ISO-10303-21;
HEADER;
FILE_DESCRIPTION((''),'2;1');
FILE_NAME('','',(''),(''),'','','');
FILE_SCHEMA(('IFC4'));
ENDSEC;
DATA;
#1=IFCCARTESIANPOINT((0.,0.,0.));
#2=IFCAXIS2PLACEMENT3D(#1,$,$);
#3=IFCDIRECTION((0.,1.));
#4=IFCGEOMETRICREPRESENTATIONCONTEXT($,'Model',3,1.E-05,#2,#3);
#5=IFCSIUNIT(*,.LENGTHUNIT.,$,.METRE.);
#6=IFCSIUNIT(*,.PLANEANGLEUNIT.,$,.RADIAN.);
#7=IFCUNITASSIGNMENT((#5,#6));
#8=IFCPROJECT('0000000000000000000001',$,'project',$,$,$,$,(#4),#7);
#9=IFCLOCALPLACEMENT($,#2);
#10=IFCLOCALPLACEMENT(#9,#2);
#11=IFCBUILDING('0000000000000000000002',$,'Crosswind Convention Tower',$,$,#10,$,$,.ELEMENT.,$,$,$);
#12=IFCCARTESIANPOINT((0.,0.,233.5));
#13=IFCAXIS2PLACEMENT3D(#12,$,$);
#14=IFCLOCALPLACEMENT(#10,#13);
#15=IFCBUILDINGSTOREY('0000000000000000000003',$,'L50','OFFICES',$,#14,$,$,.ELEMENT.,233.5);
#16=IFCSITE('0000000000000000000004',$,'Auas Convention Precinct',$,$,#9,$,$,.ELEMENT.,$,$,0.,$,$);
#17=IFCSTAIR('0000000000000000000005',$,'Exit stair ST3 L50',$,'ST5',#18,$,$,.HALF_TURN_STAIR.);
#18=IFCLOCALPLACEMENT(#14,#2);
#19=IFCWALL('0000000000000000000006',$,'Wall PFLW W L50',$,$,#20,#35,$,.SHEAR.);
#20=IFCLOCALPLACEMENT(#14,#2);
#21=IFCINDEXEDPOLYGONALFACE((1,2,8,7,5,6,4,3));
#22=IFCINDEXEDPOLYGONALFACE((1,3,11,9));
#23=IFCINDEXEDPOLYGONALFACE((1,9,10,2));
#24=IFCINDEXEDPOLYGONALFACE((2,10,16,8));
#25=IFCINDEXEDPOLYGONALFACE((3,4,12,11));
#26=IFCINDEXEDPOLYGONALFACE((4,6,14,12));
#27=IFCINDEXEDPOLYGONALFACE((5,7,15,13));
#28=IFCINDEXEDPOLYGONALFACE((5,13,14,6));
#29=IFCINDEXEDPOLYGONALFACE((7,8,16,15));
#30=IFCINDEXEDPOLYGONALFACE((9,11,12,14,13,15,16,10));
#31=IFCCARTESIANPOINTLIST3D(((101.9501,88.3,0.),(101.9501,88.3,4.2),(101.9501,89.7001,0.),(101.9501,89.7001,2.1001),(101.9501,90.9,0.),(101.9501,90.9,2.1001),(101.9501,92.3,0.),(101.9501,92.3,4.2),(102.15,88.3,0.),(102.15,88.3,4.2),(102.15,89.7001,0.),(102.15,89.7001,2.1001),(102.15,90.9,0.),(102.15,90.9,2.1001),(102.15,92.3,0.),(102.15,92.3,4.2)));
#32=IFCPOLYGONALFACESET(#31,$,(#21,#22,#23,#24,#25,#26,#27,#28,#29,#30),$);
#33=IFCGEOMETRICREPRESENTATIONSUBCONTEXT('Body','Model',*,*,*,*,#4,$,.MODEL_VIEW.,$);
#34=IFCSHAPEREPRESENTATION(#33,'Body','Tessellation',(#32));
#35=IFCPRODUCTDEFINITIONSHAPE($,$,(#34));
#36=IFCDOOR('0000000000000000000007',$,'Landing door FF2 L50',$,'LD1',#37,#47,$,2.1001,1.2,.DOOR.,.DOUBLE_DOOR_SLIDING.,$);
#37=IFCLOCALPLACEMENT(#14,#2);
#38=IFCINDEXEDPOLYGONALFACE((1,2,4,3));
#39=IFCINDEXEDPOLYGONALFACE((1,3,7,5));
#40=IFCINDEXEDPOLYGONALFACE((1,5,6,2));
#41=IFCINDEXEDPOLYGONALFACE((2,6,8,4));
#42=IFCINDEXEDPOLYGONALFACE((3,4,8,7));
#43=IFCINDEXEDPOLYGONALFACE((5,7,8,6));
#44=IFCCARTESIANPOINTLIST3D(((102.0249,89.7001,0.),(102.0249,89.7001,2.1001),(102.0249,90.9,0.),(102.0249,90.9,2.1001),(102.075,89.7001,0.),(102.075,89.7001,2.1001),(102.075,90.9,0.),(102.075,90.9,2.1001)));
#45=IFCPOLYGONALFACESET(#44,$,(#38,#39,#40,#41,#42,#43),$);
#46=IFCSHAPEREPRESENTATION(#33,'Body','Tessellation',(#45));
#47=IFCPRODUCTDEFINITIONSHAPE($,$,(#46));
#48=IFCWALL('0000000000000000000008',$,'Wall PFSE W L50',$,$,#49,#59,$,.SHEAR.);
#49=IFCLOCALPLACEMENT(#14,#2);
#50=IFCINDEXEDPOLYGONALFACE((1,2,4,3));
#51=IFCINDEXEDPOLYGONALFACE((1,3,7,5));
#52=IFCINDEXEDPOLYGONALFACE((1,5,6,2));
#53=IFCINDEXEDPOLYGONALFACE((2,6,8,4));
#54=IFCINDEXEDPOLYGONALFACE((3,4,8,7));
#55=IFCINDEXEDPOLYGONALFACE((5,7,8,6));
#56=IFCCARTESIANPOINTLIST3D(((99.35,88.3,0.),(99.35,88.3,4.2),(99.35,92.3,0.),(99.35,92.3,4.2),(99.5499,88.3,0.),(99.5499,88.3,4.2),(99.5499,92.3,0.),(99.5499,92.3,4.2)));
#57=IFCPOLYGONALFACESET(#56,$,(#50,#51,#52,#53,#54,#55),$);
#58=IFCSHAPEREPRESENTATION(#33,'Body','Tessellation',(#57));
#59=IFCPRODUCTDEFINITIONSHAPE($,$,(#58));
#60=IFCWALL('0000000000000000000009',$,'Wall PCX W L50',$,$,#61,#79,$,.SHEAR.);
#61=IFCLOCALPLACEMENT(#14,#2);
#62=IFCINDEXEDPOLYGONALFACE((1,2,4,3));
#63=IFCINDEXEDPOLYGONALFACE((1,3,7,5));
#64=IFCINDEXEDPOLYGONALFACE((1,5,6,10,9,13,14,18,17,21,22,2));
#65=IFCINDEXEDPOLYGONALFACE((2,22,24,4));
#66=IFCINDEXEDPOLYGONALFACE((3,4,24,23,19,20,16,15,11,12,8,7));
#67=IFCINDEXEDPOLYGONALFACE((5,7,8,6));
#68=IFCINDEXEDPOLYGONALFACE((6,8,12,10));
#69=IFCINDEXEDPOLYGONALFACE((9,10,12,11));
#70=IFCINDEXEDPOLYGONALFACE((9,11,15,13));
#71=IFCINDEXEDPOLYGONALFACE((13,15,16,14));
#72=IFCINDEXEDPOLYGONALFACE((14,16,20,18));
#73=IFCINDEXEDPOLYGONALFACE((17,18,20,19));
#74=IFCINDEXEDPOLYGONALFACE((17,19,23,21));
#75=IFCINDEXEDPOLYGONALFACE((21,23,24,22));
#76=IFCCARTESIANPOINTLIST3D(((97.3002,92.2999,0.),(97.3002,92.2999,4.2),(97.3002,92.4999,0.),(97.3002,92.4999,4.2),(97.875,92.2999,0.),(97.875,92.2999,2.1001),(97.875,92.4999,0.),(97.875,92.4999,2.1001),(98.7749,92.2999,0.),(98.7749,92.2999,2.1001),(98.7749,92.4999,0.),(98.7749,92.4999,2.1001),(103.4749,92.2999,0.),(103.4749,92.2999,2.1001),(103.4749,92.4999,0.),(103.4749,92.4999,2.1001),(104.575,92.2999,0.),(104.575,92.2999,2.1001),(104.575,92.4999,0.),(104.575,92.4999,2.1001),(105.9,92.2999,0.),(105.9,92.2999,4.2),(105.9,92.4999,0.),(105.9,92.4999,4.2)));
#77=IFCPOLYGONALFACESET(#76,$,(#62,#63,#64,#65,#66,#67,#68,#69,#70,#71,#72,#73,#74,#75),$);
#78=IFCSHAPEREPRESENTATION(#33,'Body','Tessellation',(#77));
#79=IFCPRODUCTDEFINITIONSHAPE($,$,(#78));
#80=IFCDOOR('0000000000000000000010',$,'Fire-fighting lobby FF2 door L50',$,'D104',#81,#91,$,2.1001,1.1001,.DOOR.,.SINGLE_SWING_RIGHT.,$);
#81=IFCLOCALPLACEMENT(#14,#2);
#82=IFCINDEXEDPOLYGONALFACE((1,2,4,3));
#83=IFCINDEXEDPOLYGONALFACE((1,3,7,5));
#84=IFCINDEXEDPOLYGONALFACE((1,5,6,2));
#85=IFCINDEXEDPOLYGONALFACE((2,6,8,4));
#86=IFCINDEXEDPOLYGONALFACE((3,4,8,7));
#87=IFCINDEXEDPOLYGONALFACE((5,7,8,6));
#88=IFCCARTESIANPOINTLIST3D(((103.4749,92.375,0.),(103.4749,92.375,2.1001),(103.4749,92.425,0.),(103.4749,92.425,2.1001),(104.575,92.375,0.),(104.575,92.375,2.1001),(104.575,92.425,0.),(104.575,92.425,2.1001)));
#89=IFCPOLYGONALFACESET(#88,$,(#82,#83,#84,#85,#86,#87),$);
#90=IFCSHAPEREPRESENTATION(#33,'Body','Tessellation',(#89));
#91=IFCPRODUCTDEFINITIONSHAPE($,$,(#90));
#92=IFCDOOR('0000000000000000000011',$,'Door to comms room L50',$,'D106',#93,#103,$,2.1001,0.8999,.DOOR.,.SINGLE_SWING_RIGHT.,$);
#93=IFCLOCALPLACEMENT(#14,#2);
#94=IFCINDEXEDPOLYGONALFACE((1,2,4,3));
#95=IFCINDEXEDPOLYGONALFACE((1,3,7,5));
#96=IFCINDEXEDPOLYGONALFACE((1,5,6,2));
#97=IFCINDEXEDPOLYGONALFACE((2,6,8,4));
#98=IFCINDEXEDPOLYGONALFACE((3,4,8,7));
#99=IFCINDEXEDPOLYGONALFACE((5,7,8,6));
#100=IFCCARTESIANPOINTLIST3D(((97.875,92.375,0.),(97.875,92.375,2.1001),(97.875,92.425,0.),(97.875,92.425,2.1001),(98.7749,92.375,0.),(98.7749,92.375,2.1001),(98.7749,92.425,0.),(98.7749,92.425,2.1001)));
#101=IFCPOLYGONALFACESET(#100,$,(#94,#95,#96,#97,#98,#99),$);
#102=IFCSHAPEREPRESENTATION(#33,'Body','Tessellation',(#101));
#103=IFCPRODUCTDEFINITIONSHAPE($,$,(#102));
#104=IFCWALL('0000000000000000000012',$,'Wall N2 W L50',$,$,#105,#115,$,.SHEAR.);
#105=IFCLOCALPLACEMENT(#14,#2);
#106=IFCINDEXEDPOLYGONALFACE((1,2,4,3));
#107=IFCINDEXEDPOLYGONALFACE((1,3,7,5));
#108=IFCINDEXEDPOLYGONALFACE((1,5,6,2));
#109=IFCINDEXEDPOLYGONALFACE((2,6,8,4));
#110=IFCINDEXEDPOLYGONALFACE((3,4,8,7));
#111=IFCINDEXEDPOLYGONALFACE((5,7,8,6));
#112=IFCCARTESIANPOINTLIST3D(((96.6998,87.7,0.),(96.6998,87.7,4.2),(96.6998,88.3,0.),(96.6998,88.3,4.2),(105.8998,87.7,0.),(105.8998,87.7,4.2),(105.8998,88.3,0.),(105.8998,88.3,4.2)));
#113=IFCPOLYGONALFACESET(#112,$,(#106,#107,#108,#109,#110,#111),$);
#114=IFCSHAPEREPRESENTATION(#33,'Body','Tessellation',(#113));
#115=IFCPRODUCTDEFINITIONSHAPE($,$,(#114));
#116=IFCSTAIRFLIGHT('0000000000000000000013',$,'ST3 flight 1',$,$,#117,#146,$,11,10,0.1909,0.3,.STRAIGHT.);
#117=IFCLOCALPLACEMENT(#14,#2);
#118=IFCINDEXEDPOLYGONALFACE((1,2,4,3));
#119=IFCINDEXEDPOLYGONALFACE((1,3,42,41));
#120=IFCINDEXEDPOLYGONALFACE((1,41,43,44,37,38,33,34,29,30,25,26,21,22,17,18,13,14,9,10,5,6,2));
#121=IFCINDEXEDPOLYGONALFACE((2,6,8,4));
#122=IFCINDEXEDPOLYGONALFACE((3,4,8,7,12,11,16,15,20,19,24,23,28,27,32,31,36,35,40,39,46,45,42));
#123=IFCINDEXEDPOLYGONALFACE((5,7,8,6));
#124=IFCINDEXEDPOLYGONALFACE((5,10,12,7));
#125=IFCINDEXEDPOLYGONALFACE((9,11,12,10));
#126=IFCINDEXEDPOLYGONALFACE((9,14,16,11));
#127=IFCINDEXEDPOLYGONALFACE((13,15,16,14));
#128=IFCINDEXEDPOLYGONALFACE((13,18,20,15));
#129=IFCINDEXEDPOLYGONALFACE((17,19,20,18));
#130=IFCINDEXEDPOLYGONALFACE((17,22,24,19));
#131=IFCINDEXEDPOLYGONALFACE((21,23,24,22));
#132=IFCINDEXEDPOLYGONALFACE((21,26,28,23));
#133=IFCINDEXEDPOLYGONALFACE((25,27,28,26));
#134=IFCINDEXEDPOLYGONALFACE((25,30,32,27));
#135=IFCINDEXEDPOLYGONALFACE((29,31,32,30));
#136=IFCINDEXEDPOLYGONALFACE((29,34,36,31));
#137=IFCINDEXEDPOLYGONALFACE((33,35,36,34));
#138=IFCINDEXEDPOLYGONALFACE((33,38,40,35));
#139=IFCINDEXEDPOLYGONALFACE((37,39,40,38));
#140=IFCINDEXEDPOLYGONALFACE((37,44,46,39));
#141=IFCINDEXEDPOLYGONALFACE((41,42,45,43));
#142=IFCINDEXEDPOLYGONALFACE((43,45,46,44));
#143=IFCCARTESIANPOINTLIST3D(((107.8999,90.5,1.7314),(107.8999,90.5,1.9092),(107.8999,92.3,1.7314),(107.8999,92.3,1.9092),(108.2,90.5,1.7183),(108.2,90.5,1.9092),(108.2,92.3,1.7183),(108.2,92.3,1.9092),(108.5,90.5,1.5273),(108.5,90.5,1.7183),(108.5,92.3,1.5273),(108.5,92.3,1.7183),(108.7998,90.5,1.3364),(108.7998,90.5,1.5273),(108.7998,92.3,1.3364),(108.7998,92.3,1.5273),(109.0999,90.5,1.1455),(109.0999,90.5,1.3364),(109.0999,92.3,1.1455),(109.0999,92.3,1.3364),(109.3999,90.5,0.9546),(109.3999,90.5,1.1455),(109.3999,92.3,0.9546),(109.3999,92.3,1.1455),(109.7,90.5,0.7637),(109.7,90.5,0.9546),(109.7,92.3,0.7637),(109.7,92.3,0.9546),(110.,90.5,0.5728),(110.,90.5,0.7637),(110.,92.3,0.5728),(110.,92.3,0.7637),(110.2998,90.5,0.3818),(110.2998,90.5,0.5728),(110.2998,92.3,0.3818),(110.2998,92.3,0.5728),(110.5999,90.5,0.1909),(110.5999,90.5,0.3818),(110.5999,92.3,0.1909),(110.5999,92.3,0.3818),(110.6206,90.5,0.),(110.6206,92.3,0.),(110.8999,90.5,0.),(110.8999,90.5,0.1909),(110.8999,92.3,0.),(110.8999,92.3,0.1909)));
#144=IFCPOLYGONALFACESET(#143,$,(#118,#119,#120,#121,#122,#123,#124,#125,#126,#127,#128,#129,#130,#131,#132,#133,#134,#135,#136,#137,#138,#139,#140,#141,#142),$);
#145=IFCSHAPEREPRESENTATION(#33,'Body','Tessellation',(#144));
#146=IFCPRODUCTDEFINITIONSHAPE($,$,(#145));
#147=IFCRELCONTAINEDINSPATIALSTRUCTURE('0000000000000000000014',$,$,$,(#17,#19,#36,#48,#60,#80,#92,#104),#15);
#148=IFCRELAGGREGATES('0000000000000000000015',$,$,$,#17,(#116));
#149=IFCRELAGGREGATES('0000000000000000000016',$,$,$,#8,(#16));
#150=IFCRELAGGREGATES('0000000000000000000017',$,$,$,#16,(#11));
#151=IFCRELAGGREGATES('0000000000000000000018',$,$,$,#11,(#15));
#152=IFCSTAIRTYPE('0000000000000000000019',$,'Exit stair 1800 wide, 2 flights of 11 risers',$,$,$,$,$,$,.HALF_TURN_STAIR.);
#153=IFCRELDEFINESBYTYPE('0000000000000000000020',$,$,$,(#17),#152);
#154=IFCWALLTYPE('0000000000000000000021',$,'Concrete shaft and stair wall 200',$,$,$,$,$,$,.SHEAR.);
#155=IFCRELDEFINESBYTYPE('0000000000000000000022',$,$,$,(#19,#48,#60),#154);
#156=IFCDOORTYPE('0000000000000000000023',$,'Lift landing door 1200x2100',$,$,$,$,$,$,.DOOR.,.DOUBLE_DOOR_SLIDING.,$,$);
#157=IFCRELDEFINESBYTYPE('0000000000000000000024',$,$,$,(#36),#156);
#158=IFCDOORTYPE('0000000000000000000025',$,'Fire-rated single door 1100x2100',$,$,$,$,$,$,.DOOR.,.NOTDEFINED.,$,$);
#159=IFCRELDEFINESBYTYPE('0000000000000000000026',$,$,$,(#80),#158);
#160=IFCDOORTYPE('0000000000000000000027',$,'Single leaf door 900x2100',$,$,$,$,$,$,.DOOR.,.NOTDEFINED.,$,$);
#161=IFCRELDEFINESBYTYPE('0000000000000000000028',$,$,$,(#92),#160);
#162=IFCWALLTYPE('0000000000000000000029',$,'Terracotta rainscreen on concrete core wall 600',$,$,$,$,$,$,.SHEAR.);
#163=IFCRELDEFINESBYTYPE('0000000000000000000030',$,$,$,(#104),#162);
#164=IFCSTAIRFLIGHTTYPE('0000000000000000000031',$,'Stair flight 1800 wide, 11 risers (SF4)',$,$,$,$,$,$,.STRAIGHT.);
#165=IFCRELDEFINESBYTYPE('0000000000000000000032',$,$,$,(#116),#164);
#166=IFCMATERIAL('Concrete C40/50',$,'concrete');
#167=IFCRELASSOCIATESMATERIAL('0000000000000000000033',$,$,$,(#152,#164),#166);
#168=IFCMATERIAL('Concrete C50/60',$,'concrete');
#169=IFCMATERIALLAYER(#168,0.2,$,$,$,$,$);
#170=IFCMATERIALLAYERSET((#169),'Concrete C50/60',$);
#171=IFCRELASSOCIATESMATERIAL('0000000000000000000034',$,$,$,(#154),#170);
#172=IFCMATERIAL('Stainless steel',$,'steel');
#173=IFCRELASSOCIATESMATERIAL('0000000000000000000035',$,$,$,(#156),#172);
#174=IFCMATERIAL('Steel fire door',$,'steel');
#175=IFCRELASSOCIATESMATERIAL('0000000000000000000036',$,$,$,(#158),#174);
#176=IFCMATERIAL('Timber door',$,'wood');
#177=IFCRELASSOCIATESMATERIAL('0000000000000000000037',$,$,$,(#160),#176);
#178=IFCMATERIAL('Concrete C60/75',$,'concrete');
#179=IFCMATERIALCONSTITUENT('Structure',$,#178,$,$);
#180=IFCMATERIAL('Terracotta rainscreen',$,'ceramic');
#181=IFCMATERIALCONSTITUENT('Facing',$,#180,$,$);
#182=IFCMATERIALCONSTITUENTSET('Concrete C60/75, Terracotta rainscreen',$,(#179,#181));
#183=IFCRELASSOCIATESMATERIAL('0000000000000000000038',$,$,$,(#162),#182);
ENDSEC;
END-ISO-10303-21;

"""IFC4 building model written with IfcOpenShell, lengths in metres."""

from ifc_helpers import new_model, si_unit, direction, frame, frame_2d, origin, place, context, subcontext, project, spatial, polyline, rectangle, outline, extrude, material, layer, layer_set, constituent, constituent_set, type_object, element, fill, aggregate, save


model = new_model("IFC4")

# Units and contexts
model_context = context("Model", 3, precision=1e-05, world=origin(), true_north=direction((0.0, 1.0)))
body_context = subcontext(model_context, "Body", "Model", "MODEL_VIEW")
ifc_project = project(units=[si_unit("LENGTHUNIT", "METRE"), si_unit("PLANEANGLEUNIT", "RADIAN")], contexts=[model_context])

# Site, building, storey
site_placement = place(None, origin())
site = spatial("IfcSite", under=ifc_project, at=site_placement, Name="Auas Convention Precinct", CompositionType="ELEMENT", RefElevation=0.0)
building_placement = place(site_placement, origin())
building = spatial("IfcBuilding", under=site, at=building_placement, Name="Crosswind Convention Tower", CompositionType="ELEMENT")
storey_placement = place(building_placement, frame((0.0, 0.0, 233.5)))
storey = spatial("IfcBuildingStorey", under=building, at=storey_placement, Name="L50", Description="OFFICES", CompositionType="ELEMENT", Elevation=233.5)

# Shared definitions
ifc_material_1 = material(Name="Concrete C40/50", Category="concrete")

# Stair
stair_type = type_object("IfcStairType", Name="Exit stair 1800 wide, 2 flights of 11 risers", PredefinedType="HALF_TURN_STAIR", material=ifc_material_1)
stair_1_placement = place(storey_placement, origin())
stair_1 = element("IfcStair", 1, at=stair_1_placement, inside=storey, type_object=stair_type, Name="Exit stair ST3 L50", ObjectType="ST5", PredefinedType="HALF_TURN_STAIR")

# Shared definitions
ifc_material_2 = material(Name="Concrete C50/60", Category="concrete")
ifc_layer_1 = layer(ifc_material_2, 0.2)
ifc_layer_set_1 = layer_set([ifc_layer_1], Name="Concrete C50/60")
wall_type_1 = type_object("IfcWallType", Name="Concrete shaft and stair wall 200", PredefinedType="SHEAR", material=ifc_layer_set_1)

# Wall, opening, door
wall_1_placement = place(storey_placement, frame((102.05, 92.3, 0.0), z_axis=(0.0, 0.0, 1.0), x_axis=(0.0, -1.0, 0.0)))
wall_1 = element("IfcWall", 2, at=wall_1_placement, inside=storey, type_object=wall_type_1, Name="Wall PFLW W L50", PredefinedType="SHEAR", context=body_context, shape_type="SweptSolid", body=[
    extrude(rectangle(XDim=4.0, YDim=0.2, at=frame_2d((2.0, 0.0))), origin(), (0.0, 0.0, 1.0), 4.2),
])
opening_1_placement = place(wall_1_placement, frame((1.3999, 0.0, 0.0)))
opening_1 = element("IfcOpeningElement", 3, at=opening_1_placement, cuts=wall_1, PredefinedType="OPENING", context=body_context, shape_type="SweptSolid", body=[
    extrude(rectangle(XDim=1.2, YDim=2.1001, at=frame_2d((0.6001, 1.05))), frame((0.0, 0.1099, 0.0), z_axis=(0.0, -1.0, 0.0), x_axis=(1.0, 0.0, 0.0)), (0.0, 0.0, 1.0), 0.22),
])
ifc_material_3 = material(Name="Stainless steel", Category="steel")
door_type_1 = type_object("IfcDoorType", Name="Lift landing door 1200x2100", OperationType="DOUBLE_DOOR_SLIDING", PredefinedType="DOOR", material=ifc_material_3)
door_1_placement = place(opening_1_placement, origin())
door_1 = element("IfcDoor", 4, at=door_1_placement, inside=storey, type_object=door_type_1, Name="Landing door FF2 L50", ObjectType="LD1", OperationType="DOUBLE_DOOR_SLIDING", OverallHeight=2.1001, OverallWidth=1.2, PredefinedType="DOOR", context=body_context, shape_type="SweptSolid", body=[
    extrude(rectangle(XDim=1.2, YDim=2.1001, at=frame_2d((0.6001, 1.05))), frame((0.0, 0.0249, 0.0), z_axis=(0.0, -1.0, 0.0), x_axis=(1.0, 0.0, 0.0)), (0.0, 0.0, 1.0), 0.05),
])
fill(opening_1, door_1)

# Wall
wall_2_placement = place(storey_placement, frame((99.45, 92.3, 0.0), z_axis=(0.0, 0.0, 1.0), x_axis=(0.0, -1.0, 0.0)))
element("IfcWall", 5, at=wall_2_placement, inside=storey, type_object=wall_type_1, Name="Wall PFSE W L50", PredefinedType="SHEAR", context=body_context, shape_type="SweptSolid", body=[
    extrude(rectangle(XDim=4.0, YDim=0.2, at=frame_2d((2.0, 0.0))), origin(), (0.0, 0.0, 1.0), 4.2),
])

# Wall, openings, doors
wall_3_placement = place(storey_placement, frame((105.8999, 92.3999, 0.0), z_axis=(0.0, 0.0, 1.0), x_axis=(-1.0, 0.0, 0.0)))
wall_3 = element("IfcWall", 6, at=wall_3_placement, inside=storey, type_object=wall_type_1, Name="Wall PCX W L50", PredefinedType="SHEAR", context=body_context, shape_type="SweptSolid", body=[
    extrude(rectangle(XDim=8.5999, YDim=0.2, at=frame_2d((4.2998, 0.0))), origin(), (0.0, 0.0, 1.0), 4.2),
])
opening_2_placement = place(wall_3_placement, frame((1.325, 0.0, 0.0)))
opening_2 = element("IfcOpeningElement", 7, at=opening_2_placement, cuts=wall_3, PredefinedType="OPENING", context=body_context, shape_type="SweptSolid", body=[
    extrude(rectangle(XDim=1.1001, YDim=2.1001, at=frame_2d((0.55, 1.05))), frame((0.0, 0.1099, 0.0), z_axis=(0.0, -1.0, 0.0), x_axis=(1.0, 0.0, 0.0)), (0.0, 0.0, 1.0), 0.22),
])
opening_3_placement = place(wall_3_placement, frame((7.125, 0.0, 0.0)))
opening_3 = element("IfcOpeningElement", 8, at=opening_3_placement, cuts=wall_3, PredefinedType="OPENING", context=body_context, shape_type="SweptSolid", body=[
    extrude(rectangle(XDim=0.8999, YDim=2.1001, at=frame_2d((0.45, 1.05))), frame((0.0, 0.1099, 0.0), z_axis=(0.0, -1.0, 0.0), x_axis=(1.0, 0.0, 0.0)), (0.0, 0.0, 1.0), 0.22),
])
ifc_material_4 = material(Name="Steel fire door", Category="steel")
door_type_2 = type_object("IfcDoorType", Name="Fire-rated single door 1100x2100", OperationType="NOTDEFINED", PredefinedType="DOOR", material=ifc_material_4)
door_2_placement = place(opening_2_placement, origin())
door_2 = element("IfcDoor", 9, at=door_2_placement, inside=storey, type_object=door_type_2, Name="Fire-fighting lobby FF2 door L50", ObjectType="D104", OperationType="SINGLE_SWING_RIGHT", OverallHeight=2.1001, OverallWidth=1.1001, PredefinedType="DOOR", context=body_context, shape_type="SweptSolid", body=[
    extrude(rectangle(XDim=1.1001, YDim=2.1001, at=frame_2d((0.55, 1.05))), frame((0.0, 0.0249, 0.0), z_axis=(0.0, -1.0, 0.0), x_axis=(1.0, 0.0, 0.0)), (0.0, 0.0, 1.0), 0.05),
])
fill(opening_2, door_2)
ifc_material_5 = material(Name="Timber door", Category="wood")
door_type_3 = type_object("IfcDoorType", Name="Single leaf door 900x2100", OperationType="NOTDEFINED", PredefinedType="DOOR", material=ifc_material_5)
door_3_placement = place(opening_3_placement, origin())
door_3 = element("IfcDoor", 10, at=door_3_placement, inside=storey, type_object=door_type_3, Name="Door to comms room L50", ObjectType="D106", OperationType="SINGLE_SWING_RIGHT", OverallHeight=2.1001, OverallWidth=0.8999, PredefinedType="DOOR", context=body_context, shape_type="SweptSolid", body=[
    extrude(rectangle(XDim=0.8999, YDim=2.1001, at=frame_2d((0.45, 1.05))), frame((0.0, 0.0249, 0.0), z_axis=(0.0, -1.0, 0.0), x_axis=(1.0, 0.0, 0.0)), (0.0, 0.0, 1.0), 0.05),
])
fill(opening_3, door_3)

# Wall
ifc_material_6 = material(Name="Concrete C60/75", Category="concrete")
ifc_constituent_1 = constituent(ifc_material_6, Name="Structure")
ifc_material_7 = material(Name="Terracotta rainscreen", Category="ceramic")
ifc_constituent_2 = constituent(ifc_material_7, Name="Facing")
ifc_constituent_set = constituent_set(constituents=[ifc_constituent_1, ifc_constituent_2], Name="Concrete C60/75, Terracotta rainscreen")
wall_type_2 = type_object("IfcWallType", Name="Terracotta rainscreen on concrete core wall 600", PredefinedType="SHEAR", material=ifc_constituent_set)
wall_4_placement = place(storey_placement, frame((105.8999, 88.0, 0.0), z_axis=(0.0, 0.0, 1.0), x_axis=(-1.0, 0.0, 0.0)))
element("IfcWall", 11, at=wall_4_placement, inside=storey, type_object=wall_type_2, Name="Wall N2 W L50", PredefinedType="SHEAR", context=body_context, shape_type="SweptSolid", body=[
    extrude(rectangle(XDim=9.2, YDim=0.6001, at=frame_2d((4.6001, 0.0))), origin(), (0.0, 0.0, 1.0), 4.2),
])

# Stair flight
stair_flight_type = type_object("IfcStairFlightType", Name="Stair flight 1800 wide, 11 risers (SF4)", PredefinedType="STRAIGHT", material=ifc_material_1)
stair_flight_1_placement = place(storey_placement, frame((110.8999, 91.3999, 0.0), z_axis=(0.0, 0.0, 1.0), x_axis=(-1.0, 0.0, 0.0)))
stair_flight_1 = element("IfcStairFlight", 12, at=stair_flight_1_placement, type_object=stair_flight_type, Name="ST3 flight 1", NumberOfRisers=11, NumberOfTreads=10, PredefinedType="STRAIGHT", RiserHeight=0.1909, TreadLength=0.3, context=body_context, shape_type="SweptSolid", body=[
    extrude(outline(polyline([(0.0, 0.0), (0.0, 0.1909), (0.3, 0.1909), (0.3, 0.3818), (0.6001, 0.3818), (0.6001, 0.5728), (0.8999, 0.5728), (0.8999, 0.7637), (1.2, 0.7637), (1.2, 0.9546), (1.5, 0.9546), (1.5, 1.1455), (1.8, 1.1455), (1.8, 1.3364), (2.1001, 1.3364), (2.1001, 1.5273), (2.3999, 1.5273), (2.3999, 1.7183), (2.7, 1.7183), (2.7, 1.9092), (3.0, 1.9092), (3.0, 2.1001), (3.0, 1.7314), (0.2793, 0.0), (0.0, 0.0)])), frame((0.0, 0.8999, 0.0), z_axis=(0.0, -1.0, 0.0), x_axis=(1.0, 0.0, 0.0)), (0.0, 0.0, 1.0), 1.8),
])
aggregate(stair_1, [stair_flight_1])

save(model, "model.ifc")
